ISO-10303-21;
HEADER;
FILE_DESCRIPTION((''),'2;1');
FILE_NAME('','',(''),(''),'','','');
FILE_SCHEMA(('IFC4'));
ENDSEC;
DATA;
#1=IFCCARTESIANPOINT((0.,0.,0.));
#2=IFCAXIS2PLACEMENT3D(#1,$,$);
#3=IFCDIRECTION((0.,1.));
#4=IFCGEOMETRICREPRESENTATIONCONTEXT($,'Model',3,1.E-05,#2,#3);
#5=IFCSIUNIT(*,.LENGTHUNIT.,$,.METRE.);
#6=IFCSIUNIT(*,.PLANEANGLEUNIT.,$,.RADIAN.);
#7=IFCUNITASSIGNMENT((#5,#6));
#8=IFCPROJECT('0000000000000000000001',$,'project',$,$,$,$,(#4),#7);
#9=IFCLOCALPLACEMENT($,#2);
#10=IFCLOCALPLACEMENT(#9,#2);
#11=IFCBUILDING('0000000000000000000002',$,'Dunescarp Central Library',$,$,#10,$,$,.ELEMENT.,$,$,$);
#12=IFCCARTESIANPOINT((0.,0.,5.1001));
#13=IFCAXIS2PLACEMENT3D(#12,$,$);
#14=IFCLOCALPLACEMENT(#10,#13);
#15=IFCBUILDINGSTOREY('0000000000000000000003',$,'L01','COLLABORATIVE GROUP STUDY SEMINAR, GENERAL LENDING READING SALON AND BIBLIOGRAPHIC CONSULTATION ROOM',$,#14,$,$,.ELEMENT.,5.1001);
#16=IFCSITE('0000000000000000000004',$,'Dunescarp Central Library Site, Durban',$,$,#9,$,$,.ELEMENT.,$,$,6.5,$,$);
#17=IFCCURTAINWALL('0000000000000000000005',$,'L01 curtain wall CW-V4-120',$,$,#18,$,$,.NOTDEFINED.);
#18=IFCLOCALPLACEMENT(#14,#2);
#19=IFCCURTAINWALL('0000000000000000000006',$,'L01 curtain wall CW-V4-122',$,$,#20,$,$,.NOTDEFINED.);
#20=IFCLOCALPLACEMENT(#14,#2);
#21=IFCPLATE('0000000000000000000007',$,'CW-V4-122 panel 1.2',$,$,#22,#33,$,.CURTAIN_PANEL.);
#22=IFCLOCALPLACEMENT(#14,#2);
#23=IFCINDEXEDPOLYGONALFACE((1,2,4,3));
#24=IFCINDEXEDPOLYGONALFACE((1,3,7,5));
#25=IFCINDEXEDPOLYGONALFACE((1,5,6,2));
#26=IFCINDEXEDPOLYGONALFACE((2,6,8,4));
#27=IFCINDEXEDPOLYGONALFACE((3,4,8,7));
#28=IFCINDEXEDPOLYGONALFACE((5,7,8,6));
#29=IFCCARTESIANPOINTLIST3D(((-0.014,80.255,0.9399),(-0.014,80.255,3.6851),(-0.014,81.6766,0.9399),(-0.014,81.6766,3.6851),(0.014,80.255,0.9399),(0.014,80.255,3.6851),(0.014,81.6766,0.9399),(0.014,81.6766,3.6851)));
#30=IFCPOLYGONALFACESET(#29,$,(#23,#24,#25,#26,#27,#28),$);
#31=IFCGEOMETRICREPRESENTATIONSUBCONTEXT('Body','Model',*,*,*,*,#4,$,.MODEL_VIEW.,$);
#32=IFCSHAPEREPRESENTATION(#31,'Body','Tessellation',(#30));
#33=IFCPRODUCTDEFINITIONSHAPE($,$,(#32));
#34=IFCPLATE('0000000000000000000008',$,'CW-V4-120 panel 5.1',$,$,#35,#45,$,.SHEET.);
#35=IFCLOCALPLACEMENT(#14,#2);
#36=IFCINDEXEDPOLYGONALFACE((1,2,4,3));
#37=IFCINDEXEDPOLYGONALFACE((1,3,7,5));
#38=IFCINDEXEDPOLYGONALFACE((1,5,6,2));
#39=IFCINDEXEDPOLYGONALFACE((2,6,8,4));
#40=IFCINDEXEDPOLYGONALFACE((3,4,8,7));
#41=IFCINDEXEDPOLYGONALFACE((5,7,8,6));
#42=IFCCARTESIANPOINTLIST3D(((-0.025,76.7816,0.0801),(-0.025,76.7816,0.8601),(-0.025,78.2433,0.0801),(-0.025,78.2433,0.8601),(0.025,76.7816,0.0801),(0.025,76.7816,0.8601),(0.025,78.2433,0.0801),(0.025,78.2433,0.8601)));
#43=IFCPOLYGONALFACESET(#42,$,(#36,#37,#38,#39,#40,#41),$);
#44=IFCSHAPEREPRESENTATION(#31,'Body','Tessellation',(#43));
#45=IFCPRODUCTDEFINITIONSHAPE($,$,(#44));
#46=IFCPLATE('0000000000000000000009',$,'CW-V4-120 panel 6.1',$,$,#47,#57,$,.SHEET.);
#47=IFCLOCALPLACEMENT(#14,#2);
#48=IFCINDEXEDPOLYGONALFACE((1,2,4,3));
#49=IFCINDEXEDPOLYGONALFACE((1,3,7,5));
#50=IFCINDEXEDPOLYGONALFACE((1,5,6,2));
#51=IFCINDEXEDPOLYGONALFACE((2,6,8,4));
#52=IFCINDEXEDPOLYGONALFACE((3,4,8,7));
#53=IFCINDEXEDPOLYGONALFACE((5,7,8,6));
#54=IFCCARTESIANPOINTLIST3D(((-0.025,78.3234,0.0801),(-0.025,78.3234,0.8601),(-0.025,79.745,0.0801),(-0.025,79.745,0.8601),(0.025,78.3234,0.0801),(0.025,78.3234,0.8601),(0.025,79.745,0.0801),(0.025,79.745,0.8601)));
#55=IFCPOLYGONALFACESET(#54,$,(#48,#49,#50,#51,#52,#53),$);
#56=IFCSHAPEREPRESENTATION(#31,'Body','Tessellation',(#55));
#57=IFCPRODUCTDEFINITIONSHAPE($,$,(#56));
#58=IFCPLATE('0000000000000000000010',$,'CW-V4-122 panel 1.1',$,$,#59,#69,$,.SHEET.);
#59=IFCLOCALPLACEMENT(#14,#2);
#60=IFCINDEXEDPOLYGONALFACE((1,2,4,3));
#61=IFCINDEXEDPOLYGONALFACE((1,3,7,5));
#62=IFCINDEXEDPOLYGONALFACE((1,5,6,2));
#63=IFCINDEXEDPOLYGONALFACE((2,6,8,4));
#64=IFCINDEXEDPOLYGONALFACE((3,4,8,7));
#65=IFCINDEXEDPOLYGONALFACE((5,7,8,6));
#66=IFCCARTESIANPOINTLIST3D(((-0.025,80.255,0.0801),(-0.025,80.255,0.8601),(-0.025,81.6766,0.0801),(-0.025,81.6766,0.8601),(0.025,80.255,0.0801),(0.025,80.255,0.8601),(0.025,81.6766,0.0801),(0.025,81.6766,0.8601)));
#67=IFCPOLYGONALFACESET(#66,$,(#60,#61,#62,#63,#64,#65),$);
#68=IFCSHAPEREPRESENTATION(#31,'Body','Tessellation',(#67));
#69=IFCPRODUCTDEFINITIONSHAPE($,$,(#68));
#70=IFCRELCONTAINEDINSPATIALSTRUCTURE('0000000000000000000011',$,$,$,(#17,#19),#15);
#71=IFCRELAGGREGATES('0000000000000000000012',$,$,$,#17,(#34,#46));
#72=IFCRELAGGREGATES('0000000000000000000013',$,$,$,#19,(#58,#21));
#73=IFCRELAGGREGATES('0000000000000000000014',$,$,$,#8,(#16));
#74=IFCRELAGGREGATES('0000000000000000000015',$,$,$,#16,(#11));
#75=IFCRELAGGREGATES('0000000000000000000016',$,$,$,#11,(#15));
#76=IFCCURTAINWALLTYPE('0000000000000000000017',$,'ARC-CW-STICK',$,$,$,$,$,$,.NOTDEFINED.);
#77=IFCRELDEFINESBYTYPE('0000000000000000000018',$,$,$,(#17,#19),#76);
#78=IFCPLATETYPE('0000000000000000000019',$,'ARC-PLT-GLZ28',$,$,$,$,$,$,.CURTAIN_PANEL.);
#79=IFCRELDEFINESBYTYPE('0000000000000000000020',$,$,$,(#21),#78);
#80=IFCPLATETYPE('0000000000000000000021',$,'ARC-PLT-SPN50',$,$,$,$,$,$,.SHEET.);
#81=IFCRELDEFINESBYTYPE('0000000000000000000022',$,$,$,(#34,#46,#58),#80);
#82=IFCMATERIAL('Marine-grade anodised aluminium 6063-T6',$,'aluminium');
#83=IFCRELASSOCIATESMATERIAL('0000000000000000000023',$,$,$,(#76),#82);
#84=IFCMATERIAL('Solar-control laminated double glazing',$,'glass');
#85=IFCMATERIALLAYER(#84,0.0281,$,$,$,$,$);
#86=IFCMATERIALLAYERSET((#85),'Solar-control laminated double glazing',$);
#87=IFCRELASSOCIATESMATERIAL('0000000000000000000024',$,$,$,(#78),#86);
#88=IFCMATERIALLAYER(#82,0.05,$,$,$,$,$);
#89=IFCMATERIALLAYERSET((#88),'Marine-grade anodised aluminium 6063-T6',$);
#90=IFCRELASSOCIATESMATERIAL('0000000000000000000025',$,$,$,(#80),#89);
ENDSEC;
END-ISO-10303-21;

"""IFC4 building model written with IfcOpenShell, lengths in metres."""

from ifc_helpers import new_model, si_unit, direction, frame, origin, origin_2d, place, context, subcontext, project, spatial, rectangle, extrude, material, layer, layer_set, type_object, element, aggregate, save


model = new_model("IFC4")

# Units and contexts
model_context = context("Model", 3, precision=1e-05, world=origin(), true_north=direction((0.0, 1.0)))
body_context = subcontext(model_context, "Body", "Model", "MODEL_VIEW")
ifc_project = project(units=[si_unit("LENGTHUNIT", "METRE"), si_unit("PLANEANGLEUNIT", "RADIAN")], contexts=[model_context])

# Site, building, storey
site_placement = place(None, origin())
site = spatial("IfcSite", under=ifc_project, at=site_placement, Name="Dunescarp Central Library Site, Durban", CompositionType="ELEMENT", RefElevation=6.5)
building_placement = place(site_placement, origin())
building = spatial("IfcBuilding", under=site, at=building_placement, Name="Dunescarp Central Library", CompositionType="ELEMENT")
storey_placement = place(building_placement, frame((0.0, 0.0, 5.1001)))
storey = spatial("IfcBuildingStorey", under=building, at=storey_placement, Name="L01", Description="COLLABORATIVE GROUP STUDY SEMINAR, GENERAL LENDING READING SALON AND BIBLIOGRAPHIC CONSULTATION ROOM", CompositionType="ELEMENT", Elevation=5.1001)

# Curtain walls
ifc_material_1 = material(Name="Marine-grade anodised aluminium 6063-T6", Category="aluminium")
curtain_wall_type = type_object("IfcCurtainWallType", Name="ARC-CW-STICK", PredefinedType="NOTDEFINED", material=ifc_material_1)
curtain_wall_1_placement = place(storey_placement, origin())
curtain_wall_1 = element("IfcCurtainWall", 1, at=curtain_wall_1_placement, inside=storey, type_object=curtain_wall_type, Name="L01 curtain wall CW-V4-120", PredefinedType="NOTDEFINED")
curtain_wall_2_placement = place(storey_placement, origin())
curtain_wall_2 = element("IfcCurtainWall", 2, at=curtain_wall_2_placement, inside=storey, type_object=curtain_wall_type, Name="L01 curtain wall CW-V4-122", PredefinedType="NOTDEFINED")

# Plates
ifc_material_2 = material(Name="Solar-control laminated double glazing", Category="glass")
ifc_layer_1 = layer(ifc_material_2, 0.0281)
ifc_layer_set_1 = layer_set([ifc_layer_1], Name="Solar-control laminated double glazing")
plate_type_1 = type_object("IfcPlateType", Name="ARC-PLT-GLZ28", PredefinedType="CURTAIN_PANEL", material=ifc_layer_set_1)
plate_1_placement = place(storey_placement, frame((0.0, 80.9658, 0.9399), z_axis=(0.0, 0.0, 1.0), x_axis=(0.0, 1.0, 0.0)))
plate_1 = element("IfcPlate", 3, at=plate_1_placement, type_object=plate_type_1, Name="CW-V4-122 panel 1.2", PredefinedType="CURTAIN_PANEL", context=body_context, shape_type="SweptSolid", body=[
    extrude(rectangle(XDim=1.4216, YDim=0.0281, at=origin_2d()), origin(), (0.0, 0.0, 1.0), 2.7451),
])
ifc_layer_2 = layer(ifc_material_1, 0.05)
ifc_layer_set_2 = layer_set([ifc_layer_2], Name="Marine-grade anodised aluminium 6063-T6")
plate_type_2 = type_object("IfcPlateType", Name="ARC-PLT-SPN50", PredefinedType="SHEET", material=ifc_layer_set_2)
plate_2_placement = place(storey_placement, frame((0.0, 77.5125, 0.0801), z_axis=(0.0, 0.0, 1.0), x_axis=(0.0, 1.0, 0.0)))
plate_2 = element("IfcPlate", 4, at=plate_2_placement, type_object=plate_type_2, Name="CW-V4-120 panel 5.1", PredefinedType="SHEET", context=body_context, shape_type="SweptSolid", body=[
    extrude(rectangle(XDim=1.4617, YDim=0.05, at=origin_2d()), origin(), (0.0, 0.0, 1.0), 0.78),
])
plate_3_placement = place(storey_placement, frame((0.0, 79.0342, 0.0801), z_axis=(0.0, 0.0, 1.0), x_axis=(0.0, 1.0, 0.0)))
plate_3 = element("IfcPlate", 5, at=plate_3_placement, type_object=plate_type_2, Name="CW-V4-120 panel 6.1", PredefinedType="SHEET", context=body_context, shape_type="SweptSolid", body=[
    extrude(rectangle(XDim=1.4216, YDim=0.05, at=origin_2d()), origin(), (0.0, 0.0, 1.0), 0.78),
])
aggregate(curtain_wall_1, [plate_2, plate_3])
plate_4_placement = place(storey_placement, frame((0.0, 80.9658, 0.0801), z_axis=(0.0, 0.0, 1.0), x_axis=(0.0, 1.0, 0.0)))
plate_4 = element("IfcPlate", 6, at=plate_4_placement, type_object=plate_type_2, Name="CW-V4-122 panel 1.1", PredefinedType="SHEET", context=body_context, shape_type="SweptSolid", body=[
    extrude(rectangle(XDim=1.4216, YDim=0.05, at=origin_2d()), origin(), (0.0, 0.0, 1.0), 0.78),
])
aggregate(curtain_wall_2, [plate_4, plate_1])

save(model, "model.ifc")
